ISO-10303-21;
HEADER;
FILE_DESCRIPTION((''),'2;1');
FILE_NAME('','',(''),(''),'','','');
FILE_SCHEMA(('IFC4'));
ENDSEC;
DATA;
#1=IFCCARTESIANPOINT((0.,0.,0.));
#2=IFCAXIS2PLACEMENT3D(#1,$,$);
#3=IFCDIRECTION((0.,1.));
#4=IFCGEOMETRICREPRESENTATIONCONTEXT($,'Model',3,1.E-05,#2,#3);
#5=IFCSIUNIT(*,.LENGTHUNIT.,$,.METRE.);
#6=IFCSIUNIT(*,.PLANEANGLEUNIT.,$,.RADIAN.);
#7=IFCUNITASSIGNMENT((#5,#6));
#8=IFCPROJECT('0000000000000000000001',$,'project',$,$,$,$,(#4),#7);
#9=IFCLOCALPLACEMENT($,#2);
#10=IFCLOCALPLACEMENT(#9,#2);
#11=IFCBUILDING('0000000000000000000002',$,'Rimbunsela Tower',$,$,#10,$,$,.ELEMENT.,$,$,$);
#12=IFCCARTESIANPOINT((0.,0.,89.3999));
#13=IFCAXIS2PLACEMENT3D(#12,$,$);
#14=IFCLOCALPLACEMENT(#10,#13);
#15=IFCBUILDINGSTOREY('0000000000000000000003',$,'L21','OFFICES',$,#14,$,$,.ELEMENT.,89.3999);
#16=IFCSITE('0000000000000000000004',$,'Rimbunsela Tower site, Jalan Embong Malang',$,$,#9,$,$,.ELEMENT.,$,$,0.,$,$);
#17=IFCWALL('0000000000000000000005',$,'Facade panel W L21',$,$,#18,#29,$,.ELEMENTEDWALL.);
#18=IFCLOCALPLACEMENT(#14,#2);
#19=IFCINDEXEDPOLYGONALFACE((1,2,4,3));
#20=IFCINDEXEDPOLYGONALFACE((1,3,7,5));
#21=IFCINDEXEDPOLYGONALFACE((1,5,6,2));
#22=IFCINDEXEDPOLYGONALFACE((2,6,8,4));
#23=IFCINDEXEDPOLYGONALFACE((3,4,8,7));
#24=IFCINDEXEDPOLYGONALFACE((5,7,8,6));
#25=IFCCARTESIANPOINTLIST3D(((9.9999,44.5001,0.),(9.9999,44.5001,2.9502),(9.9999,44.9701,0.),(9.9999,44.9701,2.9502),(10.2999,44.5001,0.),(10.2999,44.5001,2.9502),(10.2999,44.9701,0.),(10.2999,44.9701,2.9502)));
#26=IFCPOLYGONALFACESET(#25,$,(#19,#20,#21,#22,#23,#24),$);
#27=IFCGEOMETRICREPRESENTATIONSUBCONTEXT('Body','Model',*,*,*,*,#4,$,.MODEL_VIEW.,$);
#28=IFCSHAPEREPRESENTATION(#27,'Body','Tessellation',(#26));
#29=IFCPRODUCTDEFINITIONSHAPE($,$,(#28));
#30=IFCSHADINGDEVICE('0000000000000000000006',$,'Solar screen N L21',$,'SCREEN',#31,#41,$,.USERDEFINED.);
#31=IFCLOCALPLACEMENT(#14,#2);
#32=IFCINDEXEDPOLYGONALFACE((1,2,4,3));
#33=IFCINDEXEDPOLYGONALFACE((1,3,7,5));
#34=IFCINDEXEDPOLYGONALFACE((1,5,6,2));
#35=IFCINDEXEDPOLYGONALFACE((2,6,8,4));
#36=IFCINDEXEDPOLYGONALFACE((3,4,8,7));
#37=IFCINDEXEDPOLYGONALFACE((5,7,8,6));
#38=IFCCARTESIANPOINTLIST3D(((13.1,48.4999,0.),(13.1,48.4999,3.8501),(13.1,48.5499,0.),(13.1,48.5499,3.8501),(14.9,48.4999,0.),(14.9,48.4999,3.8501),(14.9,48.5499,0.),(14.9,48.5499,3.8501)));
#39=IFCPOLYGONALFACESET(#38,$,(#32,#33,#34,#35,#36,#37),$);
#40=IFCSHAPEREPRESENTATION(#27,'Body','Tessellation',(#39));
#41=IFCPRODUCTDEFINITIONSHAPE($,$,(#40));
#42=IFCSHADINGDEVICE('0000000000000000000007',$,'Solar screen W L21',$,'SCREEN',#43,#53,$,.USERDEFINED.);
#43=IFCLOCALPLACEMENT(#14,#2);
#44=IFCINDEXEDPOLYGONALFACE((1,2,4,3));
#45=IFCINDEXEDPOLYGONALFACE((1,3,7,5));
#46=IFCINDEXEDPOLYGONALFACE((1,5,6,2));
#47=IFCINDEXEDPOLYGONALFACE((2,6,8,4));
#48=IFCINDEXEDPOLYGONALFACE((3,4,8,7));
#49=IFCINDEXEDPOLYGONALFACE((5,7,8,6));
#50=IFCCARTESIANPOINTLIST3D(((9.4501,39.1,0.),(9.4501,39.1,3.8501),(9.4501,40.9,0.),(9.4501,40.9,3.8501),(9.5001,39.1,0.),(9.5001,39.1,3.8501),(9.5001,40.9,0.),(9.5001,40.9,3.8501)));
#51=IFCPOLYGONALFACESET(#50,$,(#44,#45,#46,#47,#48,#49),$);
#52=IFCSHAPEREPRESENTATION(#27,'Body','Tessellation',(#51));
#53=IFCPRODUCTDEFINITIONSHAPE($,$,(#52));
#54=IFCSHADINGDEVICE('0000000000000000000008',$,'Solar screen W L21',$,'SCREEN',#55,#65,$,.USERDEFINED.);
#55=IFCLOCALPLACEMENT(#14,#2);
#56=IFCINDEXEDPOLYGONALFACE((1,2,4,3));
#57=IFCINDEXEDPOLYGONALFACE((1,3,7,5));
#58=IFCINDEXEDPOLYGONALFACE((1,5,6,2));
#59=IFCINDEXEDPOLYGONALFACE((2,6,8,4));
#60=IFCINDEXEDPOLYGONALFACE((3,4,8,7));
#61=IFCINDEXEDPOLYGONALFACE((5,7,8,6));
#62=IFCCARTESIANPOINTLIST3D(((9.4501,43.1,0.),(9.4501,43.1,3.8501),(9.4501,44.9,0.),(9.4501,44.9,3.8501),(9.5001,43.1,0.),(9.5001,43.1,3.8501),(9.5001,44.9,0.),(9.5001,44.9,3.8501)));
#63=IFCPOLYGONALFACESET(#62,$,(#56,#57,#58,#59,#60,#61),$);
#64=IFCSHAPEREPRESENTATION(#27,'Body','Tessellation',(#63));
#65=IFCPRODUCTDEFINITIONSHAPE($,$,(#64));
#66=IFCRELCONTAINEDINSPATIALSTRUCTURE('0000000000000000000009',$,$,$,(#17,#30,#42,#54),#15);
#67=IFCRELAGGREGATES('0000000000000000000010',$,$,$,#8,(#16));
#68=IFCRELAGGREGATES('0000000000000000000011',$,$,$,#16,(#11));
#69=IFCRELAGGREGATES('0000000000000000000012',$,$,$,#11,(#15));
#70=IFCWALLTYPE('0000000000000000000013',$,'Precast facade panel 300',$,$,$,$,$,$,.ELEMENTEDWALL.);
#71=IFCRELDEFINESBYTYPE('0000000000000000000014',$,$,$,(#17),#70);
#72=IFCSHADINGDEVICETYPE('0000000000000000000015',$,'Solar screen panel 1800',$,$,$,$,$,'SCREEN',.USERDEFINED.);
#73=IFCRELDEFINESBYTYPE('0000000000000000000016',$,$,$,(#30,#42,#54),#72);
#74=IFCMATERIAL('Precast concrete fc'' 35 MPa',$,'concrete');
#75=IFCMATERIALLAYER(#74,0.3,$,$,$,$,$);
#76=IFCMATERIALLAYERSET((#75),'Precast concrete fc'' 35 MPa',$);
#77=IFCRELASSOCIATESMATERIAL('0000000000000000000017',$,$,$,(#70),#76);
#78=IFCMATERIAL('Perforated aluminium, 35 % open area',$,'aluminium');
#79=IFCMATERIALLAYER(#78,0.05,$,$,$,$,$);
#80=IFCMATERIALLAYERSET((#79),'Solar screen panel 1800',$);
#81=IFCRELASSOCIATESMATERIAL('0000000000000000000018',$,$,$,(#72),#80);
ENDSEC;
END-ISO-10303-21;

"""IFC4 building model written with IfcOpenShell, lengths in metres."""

from ifc_helpers import new_model, si_unit, direction, frame, frame_2d, origin, origin_2d, place, context, subcontext, project, spatial, rectangle, extrude, material, layer, layer_set, type_object, element, save


model = new_model("IFC4")

# Units and contexts
model_context = context("Model", 3, precision=1e-05, world=origin(), true_north=direction((0.0, 1.0)))
body_context = subcontext(model_context, "Body", "Model", "MODEL_VIEW")
ifc_project = project(units=[si_unit("LENGTHUNIT", "METRE"), si_unit("PLANEANGLEUNIT", "RADIAN")], contexts=[model_context])

# Site, building, storey
site_placement = place(None, origin())
site = spatial("IfcSite", under=ifc_project, at=site_placement, Name="Rimbunsela Tower site, Jalan Embong Malang", CompositionType="ELEMENT", RefElevation=0.0)
building_placement = place(site_placement, origin())
building = spatial("IfcBuilding", under=site, at=building_placement, Name="Rimbunsela Tower", CompositionType="ELEMENT")
storey_placement = place(building_placement, frame((0.0, 0.0, 89.3999)))
storey = spatial("IfcBuildingStorey", under=building, at=storey_placement, Name="L21", Description="OFFICES", CompositionType="ELEMENT", Elevation=89.3999)

# Shared definitions
ifc_material_1 = material(Name="Precast concrete fc' 35 MPa", Category="concrete")
ifc_layer_1 = layer(ifc_material_1, 0.3)
ifc_layer_set_1 = layer_set([ifc_layer_1], Name="Precast concrete fc' 35 MPa")
wall_type = type_object("IfcWallType", Name="Precast facade panel 300", PredefinedType="ELEMENTEDWALL", material=ifc_layer_set_1)

# Wall
wall_1_placement = place(storey_placement, frame((10.1499, 44.97, 0.0), z_axis=(0.0, 0.0, 1.0), x_axis=(0.0, -1.0, 0.0)))
element("IfcWall", 1, at=wall_1_placement, inside=storey, type_object=wall_type, Name="Facade panel W L21", PredefinedType="ELEMENTEDWALL", context=body_context, shape_type="SweptSolid", body=[
    extrude(rectangle(XDim=0.47, YDim=0.3, at=frame_2d((0.2349, 0.0))), origin(), (0.0, 0.0, 1.0), 2.9502),
])

# Shading devices
ifc_material_2 = material(Name="Perforated aluminium, 35 % open area", Category="aluminium")
ifc_layer_2 = layer(ifc_material_2, 0.05)
ifc_layer_set_2 = layer_set([ifc_layer_2], Name="Solar screen panel 1800")
shading_device_type = type_object("IfcShadingDeviceType", Name="Solar screen panel 1800", ElementType="SCREEN", PredefinedType="USERDEFINED", material=ifc_layer_set_2)
for number, where, z_axis, x_axis, name in (
    (2, (14.0, 48.5249, 0.0), (0.0, 0.0, 1.0), (1.0, 0.0, 0.0), "Solar screen N L21"),
    (3, (9.4751, 40.0, 0.0), (0.0, 0.0, 1.0), (0.0, 1.0, 0.0), "Solar screen W L21"),
    (4, (9.4751, 44.0, 0.0), (0.0, 0.0, 1.0), (0.0, 1.0, 0.0), "Solar screen W L21"),
):
    element("IfcShadingDevice", number, at=place(storey_placement, frame(where, z_axis=z_axis, x_axis=x_axis)), inside=storey, type_object=shading_device_type, Name=name, ObjectType="SCREEN", PredefinedType="USERDEFINED", context=body_context, shape_type="SweptSolid", body=[
        extrude(rectangle(XDim=1.8, YDim=0.05, at=origin_2d()), origin(), (0.0, 0.0, 1.0), 3.8501),
    ])

save(model, "model.ifc")
